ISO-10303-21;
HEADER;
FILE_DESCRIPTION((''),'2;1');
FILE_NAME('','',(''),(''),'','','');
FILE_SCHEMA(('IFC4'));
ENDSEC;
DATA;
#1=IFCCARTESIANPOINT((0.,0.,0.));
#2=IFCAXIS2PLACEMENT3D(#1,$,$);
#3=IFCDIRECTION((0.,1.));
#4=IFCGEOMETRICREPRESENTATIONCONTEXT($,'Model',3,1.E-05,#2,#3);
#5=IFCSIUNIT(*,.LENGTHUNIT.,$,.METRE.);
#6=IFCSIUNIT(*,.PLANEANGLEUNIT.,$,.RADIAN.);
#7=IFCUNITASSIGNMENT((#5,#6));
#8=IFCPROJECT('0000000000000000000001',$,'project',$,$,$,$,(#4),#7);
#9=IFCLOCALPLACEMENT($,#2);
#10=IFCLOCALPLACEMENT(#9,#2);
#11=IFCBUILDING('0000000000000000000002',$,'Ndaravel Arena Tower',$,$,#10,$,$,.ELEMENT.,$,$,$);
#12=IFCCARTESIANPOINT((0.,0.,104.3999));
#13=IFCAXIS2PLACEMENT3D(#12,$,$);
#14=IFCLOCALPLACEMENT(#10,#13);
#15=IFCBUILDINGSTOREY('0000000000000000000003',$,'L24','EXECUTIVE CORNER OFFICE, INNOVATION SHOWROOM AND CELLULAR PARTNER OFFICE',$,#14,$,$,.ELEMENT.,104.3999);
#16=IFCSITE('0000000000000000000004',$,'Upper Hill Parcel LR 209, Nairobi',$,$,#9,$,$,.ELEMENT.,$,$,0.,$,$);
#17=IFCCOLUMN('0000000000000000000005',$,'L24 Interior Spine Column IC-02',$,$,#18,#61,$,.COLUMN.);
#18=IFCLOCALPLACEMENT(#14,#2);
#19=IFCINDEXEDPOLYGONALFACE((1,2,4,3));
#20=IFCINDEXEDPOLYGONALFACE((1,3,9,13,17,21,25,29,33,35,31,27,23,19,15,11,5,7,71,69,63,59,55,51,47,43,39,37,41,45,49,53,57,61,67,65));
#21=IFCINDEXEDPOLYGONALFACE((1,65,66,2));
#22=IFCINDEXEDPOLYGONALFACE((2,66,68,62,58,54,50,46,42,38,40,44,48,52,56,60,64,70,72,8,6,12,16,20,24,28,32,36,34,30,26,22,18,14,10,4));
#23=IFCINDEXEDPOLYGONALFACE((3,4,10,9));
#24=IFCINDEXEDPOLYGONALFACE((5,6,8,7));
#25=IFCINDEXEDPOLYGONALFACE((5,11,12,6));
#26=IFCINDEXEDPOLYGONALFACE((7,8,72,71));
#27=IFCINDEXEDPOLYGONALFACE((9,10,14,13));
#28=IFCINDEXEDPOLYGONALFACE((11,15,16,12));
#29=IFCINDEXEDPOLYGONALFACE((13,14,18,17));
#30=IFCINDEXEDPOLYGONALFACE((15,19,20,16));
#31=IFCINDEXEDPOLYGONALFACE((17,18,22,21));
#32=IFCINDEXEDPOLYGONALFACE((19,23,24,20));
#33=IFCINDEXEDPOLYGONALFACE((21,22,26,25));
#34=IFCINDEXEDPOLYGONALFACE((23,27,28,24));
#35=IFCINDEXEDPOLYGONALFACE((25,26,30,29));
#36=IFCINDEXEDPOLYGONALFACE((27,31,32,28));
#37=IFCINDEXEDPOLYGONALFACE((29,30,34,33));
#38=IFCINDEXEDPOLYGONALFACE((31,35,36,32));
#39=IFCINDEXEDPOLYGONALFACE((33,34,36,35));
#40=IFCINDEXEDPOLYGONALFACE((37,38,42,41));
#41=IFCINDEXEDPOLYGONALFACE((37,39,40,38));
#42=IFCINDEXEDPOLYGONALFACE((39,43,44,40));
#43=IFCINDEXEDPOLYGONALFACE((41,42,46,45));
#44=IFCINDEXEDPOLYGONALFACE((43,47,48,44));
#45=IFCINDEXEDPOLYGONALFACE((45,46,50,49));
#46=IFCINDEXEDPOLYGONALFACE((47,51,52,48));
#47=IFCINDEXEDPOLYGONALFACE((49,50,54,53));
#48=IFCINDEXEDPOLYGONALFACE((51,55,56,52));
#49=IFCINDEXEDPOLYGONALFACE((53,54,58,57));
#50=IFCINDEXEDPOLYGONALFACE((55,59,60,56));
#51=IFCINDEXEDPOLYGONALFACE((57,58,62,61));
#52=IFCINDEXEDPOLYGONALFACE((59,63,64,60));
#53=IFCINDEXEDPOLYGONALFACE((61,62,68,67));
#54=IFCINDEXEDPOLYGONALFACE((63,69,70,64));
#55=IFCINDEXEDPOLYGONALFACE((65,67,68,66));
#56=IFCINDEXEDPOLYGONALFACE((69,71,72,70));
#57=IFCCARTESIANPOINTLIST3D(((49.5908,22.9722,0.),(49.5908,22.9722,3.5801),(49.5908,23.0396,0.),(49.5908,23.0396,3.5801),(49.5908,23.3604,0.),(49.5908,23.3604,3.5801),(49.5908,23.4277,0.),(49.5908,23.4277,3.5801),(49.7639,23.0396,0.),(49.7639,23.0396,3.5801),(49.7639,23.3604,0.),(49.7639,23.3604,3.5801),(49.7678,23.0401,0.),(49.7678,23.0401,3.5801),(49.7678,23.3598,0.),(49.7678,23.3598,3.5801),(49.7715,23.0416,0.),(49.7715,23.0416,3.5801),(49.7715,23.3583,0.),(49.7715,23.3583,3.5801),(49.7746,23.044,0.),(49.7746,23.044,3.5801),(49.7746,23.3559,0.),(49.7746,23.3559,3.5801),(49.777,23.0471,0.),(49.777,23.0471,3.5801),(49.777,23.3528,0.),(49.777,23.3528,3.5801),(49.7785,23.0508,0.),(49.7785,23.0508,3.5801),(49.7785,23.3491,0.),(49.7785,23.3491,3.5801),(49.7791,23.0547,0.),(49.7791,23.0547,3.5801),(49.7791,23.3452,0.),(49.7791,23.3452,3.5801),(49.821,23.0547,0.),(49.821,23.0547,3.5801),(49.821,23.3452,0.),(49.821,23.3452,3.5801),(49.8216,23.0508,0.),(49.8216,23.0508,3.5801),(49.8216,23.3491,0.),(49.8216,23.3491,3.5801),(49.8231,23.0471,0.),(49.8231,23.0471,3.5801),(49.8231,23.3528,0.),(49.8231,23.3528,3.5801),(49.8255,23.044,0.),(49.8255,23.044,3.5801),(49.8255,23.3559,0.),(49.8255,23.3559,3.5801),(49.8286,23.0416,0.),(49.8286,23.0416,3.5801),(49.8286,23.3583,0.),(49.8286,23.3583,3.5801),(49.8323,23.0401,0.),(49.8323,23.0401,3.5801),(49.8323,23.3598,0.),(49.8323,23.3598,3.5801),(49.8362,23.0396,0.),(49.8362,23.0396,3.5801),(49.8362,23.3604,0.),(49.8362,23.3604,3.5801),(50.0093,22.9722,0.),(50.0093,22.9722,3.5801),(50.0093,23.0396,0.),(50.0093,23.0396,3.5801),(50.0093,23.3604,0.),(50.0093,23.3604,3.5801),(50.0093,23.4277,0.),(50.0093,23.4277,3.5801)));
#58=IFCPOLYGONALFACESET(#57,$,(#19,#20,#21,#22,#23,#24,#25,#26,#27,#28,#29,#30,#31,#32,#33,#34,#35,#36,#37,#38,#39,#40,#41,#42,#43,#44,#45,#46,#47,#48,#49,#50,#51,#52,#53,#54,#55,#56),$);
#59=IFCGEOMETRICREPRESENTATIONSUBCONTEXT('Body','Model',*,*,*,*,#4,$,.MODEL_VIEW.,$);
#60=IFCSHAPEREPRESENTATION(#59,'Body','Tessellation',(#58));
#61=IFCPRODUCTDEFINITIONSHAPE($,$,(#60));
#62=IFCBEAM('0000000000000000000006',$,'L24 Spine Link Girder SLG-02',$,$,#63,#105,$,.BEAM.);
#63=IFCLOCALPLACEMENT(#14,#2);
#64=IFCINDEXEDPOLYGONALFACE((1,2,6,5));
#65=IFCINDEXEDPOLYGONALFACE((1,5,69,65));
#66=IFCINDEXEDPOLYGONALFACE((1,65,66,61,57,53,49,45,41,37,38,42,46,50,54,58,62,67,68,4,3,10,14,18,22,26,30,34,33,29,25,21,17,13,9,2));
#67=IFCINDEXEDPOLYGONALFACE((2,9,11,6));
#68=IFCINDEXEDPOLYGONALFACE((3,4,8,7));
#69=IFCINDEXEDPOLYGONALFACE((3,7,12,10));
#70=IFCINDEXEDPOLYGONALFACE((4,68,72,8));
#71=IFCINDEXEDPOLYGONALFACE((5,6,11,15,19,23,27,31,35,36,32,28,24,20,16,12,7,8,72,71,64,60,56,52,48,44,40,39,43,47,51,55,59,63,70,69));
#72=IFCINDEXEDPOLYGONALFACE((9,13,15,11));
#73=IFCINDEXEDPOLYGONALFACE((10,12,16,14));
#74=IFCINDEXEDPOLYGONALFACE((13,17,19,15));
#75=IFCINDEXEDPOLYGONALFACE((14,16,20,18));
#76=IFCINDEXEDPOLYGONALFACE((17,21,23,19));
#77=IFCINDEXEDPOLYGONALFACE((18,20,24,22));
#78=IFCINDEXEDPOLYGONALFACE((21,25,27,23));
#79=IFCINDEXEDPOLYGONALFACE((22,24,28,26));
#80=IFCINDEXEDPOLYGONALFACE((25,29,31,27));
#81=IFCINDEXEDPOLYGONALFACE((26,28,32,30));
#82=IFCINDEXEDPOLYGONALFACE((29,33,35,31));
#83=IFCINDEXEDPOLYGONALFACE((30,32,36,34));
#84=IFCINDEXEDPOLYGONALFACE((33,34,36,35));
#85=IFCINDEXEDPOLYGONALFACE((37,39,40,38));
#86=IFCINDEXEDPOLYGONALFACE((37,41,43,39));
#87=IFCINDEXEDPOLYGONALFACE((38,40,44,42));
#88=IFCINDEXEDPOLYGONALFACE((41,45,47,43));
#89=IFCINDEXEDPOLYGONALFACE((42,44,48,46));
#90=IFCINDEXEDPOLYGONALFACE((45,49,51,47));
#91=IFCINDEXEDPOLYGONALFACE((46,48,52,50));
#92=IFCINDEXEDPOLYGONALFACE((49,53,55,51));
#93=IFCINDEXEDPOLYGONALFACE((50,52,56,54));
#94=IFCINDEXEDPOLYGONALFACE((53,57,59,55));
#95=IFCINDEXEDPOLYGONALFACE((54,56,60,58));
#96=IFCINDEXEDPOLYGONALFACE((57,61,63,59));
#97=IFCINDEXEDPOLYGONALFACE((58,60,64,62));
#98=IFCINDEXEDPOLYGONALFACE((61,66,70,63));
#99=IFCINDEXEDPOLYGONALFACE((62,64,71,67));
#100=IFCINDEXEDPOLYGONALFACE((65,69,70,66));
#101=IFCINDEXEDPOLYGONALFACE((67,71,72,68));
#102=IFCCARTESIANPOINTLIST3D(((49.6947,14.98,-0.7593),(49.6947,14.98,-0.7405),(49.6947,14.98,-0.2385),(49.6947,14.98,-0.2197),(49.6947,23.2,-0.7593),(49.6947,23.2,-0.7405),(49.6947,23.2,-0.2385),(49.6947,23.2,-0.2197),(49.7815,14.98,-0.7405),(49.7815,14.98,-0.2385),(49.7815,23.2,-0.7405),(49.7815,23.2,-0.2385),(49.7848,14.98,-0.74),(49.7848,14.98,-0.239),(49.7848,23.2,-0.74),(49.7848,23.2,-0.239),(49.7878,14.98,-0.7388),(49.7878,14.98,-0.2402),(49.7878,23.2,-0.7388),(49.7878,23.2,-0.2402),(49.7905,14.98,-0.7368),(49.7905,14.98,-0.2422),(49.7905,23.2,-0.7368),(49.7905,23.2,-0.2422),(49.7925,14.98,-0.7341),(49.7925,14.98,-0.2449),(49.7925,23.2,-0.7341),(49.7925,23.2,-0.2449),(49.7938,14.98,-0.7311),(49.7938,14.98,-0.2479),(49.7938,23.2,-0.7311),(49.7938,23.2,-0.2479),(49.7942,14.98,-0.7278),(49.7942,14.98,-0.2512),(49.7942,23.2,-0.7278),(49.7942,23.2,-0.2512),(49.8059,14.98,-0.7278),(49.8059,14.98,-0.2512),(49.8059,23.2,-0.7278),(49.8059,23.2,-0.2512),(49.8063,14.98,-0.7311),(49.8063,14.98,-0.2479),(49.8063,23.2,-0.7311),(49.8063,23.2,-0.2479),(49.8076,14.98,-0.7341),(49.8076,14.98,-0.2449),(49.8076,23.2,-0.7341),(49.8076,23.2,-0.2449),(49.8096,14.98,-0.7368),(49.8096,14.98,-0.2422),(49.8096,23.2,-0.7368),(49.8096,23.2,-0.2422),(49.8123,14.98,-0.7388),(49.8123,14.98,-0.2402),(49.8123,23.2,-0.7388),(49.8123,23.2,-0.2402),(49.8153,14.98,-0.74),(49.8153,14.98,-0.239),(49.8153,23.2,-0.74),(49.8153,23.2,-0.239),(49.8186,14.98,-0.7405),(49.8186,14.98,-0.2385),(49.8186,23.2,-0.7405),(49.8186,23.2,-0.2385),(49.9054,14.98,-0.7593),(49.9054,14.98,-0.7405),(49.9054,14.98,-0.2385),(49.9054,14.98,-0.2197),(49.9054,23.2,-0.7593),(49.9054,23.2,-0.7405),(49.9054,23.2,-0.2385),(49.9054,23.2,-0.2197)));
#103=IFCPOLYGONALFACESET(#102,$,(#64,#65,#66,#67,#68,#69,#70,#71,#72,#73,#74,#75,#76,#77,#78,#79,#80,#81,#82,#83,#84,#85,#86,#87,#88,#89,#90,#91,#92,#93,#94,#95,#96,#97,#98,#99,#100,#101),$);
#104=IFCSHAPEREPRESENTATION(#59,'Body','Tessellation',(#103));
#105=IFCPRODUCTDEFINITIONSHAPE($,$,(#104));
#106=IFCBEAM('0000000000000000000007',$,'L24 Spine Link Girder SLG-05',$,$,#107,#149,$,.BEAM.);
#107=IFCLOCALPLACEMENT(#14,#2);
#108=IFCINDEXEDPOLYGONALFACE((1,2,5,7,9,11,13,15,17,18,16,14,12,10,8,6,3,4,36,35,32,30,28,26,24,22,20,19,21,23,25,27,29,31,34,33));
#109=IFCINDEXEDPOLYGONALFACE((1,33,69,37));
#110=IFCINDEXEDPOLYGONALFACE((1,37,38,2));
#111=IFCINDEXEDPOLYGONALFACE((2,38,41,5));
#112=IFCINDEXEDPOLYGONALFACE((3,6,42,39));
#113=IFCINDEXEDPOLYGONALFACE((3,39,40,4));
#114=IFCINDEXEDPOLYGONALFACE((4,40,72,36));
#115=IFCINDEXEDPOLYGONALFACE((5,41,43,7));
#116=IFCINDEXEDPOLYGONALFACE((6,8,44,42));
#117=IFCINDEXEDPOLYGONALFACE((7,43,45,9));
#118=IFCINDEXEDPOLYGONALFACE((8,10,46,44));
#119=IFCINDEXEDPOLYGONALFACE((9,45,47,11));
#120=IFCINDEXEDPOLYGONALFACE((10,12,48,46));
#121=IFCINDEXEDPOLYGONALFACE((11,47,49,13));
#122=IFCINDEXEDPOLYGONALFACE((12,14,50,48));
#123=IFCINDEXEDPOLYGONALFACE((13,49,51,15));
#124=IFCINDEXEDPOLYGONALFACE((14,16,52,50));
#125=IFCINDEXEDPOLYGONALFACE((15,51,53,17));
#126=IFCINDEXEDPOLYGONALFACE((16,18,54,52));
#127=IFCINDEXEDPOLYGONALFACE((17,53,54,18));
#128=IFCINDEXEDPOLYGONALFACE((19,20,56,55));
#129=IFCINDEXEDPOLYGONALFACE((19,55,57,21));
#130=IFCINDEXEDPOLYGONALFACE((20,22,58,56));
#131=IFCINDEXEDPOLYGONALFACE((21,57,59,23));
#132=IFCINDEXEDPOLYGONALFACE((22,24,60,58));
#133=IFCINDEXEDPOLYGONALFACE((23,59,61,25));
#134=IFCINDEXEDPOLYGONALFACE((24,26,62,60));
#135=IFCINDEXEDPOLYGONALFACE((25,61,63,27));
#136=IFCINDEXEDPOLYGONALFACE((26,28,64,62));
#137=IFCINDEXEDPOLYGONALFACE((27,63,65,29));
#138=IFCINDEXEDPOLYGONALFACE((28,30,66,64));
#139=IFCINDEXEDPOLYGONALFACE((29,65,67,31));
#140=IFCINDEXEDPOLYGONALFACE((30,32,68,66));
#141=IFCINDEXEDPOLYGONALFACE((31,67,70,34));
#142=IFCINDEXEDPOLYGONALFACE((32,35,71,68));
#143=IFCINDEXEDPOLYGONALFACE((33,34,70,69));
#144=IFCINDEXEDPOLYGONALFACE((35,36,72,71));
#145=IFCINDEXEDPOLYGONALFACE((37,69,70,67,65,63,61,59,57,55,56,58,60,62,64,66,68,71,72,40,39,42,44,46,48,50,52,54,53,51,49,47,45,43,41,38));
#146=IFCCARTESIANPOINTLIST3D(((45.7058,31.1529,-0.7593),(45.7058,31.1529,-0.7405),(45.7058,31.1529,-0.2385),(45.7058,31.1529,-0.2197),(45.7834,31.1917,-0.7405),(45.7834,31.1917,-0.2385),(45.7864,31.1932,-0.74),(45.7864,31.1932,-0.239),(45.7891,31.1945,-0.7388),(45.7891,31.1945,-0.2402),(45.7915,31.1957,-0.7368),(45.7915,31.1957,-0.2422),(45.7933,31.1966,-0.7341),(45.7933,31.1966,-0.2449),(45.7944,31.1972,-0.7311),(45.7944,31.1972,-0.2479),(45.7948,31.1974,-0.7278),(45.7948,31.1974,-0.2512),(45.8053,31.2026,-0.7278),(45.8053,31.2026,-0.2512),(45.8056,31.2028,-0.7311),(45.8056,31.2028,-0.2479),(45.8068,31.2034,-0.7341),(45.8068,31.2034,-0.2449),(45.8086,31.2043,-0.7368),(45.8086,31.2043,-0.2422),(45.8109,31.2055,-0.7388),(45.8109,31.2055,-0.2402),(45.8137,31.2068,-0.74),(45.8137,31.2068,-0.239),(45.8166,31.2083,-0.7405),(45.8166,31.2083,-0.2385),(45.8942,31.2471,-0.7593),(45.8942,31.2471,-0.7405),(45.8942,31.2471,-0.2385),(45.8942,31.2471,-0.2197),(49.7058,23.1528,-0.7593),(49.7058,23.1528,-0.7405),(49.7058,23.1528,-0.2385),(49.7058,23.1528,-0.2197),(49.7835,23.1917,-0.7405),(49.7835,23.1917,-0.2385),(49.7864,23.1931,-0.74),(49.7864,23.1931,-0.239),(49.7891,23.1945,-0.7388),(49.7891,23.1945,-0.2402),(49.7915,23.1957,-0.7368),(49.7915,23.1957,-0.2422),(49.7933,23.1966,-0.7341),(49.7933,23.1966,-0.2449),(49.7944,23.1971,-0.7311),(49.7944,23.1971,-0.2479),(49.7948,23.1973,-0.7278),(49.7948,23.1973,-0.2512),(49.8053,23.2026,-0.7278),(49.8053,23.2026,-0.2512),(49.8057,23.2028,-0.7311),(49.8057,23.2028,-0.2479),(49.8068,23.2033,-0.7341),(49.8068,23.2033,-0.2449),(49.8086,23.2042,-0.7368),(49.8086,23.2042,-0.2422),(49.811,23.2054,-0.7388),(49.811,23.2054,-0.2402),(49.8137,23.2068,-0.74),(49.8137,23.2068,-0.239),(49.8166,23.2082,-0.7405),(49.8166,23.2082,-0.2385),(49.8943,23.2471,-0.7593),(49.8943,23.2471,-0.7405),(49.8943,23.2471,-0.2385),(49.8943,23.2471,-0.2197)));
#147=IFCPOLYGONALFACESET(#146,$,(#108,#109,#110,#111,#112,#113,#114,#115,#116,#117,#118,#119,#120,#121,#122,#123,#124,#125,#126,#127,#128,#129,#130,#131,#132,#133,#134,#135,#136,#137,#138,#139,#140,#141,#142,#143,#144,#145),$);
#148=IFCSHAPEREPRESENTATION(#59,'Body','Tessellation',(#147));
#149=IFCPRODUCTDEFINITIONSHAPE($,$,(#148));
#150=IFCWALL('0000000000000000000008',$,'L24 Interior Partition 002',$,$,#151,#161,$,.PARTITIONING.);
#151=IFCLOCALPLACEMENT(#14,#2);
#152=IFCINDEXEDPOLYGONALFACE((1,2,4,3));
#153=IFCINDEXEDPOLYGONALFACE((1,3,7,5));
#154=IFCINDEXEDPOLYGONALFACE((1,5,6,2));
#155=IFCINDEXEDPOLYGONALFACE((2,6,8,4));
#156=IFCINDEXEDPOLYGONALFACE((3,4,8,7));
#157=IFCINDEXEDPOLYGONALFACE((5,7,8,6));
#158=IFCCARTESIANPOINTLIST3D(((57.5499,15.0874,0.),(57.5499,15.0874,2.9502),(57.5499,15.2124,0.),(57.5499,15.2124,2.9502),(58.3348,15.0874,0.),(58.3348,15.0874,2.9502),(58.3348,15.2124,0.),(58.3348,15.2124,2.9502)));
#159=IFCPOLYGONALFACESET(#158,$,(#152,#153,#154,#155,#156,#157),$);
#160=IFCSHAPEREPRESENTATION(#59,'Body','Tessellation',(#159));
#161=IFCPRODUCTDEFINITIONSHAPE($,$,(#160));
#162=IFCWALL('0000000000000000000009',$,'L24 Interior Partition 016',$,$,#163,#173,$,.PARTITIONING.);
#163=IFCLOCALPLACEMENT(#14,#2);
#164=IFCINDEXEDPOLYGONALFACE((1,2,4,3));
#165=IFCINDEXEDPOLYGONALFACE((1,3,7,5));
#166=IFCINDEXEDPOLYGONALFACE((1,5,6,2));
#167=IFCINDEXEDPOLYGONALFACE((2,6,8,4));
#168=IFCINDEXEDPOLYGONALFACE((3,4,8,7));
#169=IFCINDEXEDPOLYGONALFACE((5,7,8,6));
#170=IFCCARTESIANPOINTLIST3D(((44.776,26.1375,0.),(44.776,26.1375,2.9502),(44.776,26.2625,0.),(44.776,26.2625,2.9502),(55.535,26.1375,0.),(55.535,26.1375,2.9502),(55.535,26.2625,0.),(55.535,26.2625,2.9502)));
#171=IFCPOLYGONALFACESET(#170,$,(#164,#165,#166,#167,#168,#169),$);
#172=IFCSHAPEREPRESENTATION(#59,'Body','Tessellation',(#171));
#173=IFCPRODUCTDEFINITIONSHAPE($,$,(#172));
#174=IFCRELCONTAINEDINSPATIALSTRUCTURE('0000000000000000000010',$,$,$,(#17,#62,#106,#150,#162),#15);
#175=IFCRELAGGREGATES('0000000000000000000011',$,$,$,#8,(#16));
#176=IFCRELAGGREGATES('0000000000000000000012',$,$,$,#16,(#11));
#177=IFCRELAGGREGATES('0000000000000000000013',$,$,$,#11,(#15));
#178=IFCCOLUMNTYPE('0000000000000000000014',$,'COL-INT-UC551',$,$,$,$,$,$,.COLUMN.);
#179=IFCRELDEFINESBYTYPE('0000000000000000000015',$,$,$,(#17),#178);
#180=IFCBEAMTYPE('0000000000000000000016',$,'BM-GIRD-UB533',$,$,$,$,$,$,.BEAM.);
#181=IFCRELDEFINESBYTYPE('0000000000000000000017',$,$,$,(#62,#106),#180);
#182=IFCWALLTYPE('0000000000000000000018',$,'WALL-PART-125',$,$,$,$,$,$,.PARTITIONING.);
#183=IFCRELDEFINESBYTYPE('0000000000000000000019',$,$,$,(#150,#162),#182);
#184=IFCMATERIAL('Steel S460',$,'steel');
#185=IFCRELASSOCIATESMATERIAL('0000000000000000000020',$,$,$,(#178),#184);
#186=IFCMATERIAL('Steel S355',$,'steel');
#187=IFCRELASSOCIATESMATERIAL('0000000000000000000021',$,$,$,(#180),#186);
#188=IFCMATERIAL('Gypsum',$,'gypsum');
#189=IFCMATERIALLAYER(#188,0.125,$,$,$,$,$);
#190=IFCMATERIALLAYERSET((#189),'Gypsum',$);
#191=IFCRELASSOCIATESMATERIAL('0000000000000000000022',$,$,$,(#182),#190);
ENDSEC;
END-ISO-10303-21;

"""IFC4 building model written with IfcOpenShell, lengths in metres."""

from ifc_helpers import new_model, si_unit, direction, frame, frame_2d, origin, origin_2d, place, context, subcontext, project, spatial, rectangle, i_section, extrude, material, layer, layer_set, material_profile, profile_set, type_object, element, save


model = new_model("IFC4")

# Units and contexts
model_context = context("Model", 3, precision=1e-05, world=origin(), true_north=direction((0.0, 1.0)))
body_context = subcontext(model_context, "Body", "Model", "MODEL_VIEW")
ifc_project = project(units=[si_unit("LENGTHUNIT", "METRE"), si_unit("PLANEANGLEUNIT", "RADIAN")], contexts=[model_context])

# Site, building, storey
site_placement = place(None, origin())
site = spatial("IfcSite", under=ifc_project, at=site_placement, Name="Upper Hill Parcel LR 209, Nairobi", CompositionType="ELEMENT", RefElevation=0.0)
building_placement = place(site_placement, origin())
building = spatial("IfcBuilding", under=site, at=building_placement, Name="Ndaravel Arena Tower", CompositionType="ELEMENT")
storey_placement = place(building_placement, frame((0.0, 0.0, 104.3999)))
storey = spatial("IfcBuildingStorey", under=building, at=storey_placement, Name="L24", Description="EXECUTIVE CORNER OFFICE, INNOVATION SHOWROOM AND CELLULAR PARTNER OFFICE", CompositionType="ELEMENT", Elevation=104.3999)

# Column
ifc_material_1 = material(Name="Steel S460", Category="steel")
ifc_material_profile_1 = material_profile(ifc_material_1, i_section(OverallWidth=0.4185, OverallDepth=0.4556, WebThickness=0.042, FlangeThickness=0.0674, FilletRadius=0.0151, at=origin_2d()), Name="UC 356x406x551")
ifc_profile_set_1 = profile_set([ifc_material_profile_1], Name="Steel S460")
column_type = type_object("IfcColumnType", Name="COL-INT-UC551", PredefinedType="COLUMN", material=ifc_profile_set_1)
column_placement = place(storey_placement, frame((49.8, 23.2, 0.0), z_axis=(0.0, 0.0, 1.0), x_axis=(1.0, 0.0, 0.0)))
element("IfcColumn", 1, at=column_placement, inside=storey, type_object=column_type, Name="L24 Interior Spine Column IC-02", PredefinedType="COLUMN", context=body_context, shape_type="SweptSolid", body=[
    extrude(i_section(OverallWidth=0.4185, OverallDepth=0.4556, WebThickness=0.042, FlangeThickness=0.0674, FilletRadius=0.0151, at=origin_2d()), origin(), (0.0, 0.0, 1.0), 3.5801),
])

# Beams
ifc_material_2 = material(Name="Steel S355", Category="steel")
ifc_material_profile_2 = material_profile(ifc_material_2, i_section(OverallWidth=0.2107, OverallDepth=0.5396, WebThickness=0.0117, FlangeThickness=0.0188, FilletRadius=0.0127, at=origin_2d()), Name="UB 533x210x109")
ifc_profile_set_2 = profile_set([ifc_material_profile_2], Name="Steel S355")
beam_type = type_object("IfcBeamType", Name="BM-GIRD-UB533", PredefinedType="BEAM", material=ifc_profile_set_2)
beam_1_placement = place(storey_placement, frame((49.8, 14.98, -0.4895), z_axis=(0.0, 1.0, 0.0), x_axis=(-1.0, 0.0, 0.0)))
element("IfcBeam", 2, at=beam_1_placement, inside=storey, type_object=beam_type, Name="L24 Spine Link Girder SLG-02", PredefinedType="BEAM", context=body_context, shape_type="SweptSolid", body=[
    extrude(i_section(OverallWidth=0.2107, OverallDepth=0.5396, WebThickness=0.0117, FlangeThickness=0.0188, FilletRadius=0.0127, at=origin_2d()), origin(), (0.0, 0.0, 1.0), 8.22),
])
beam_2_placement = place(storey_placement, frame((49.8, 23.2, -0.4895), z_axis=(-0.447214, 0.894427, 0.0), x_axis=(-0.894427, -0.447214, 0.0)))
element("IfcBeam", 3, at=beam_2_placement, inside=storey, type_object=beam_type, Name="L24 Spine Link Girder SLG-05", PredefinedType="BEAM", context=body_context, shape_type="SweptSolid", body=[
    extrude(i_section(OverallWidth=0.2107, OverallDepth=0.5396, WebThickness=0.0117, FlangeThickness=0.0188, FilletRadius=0.0127, at=origin_2d()), origin(), (0.0, 0.0, 1.0), 8.9443),
])

# Walls
ifc_material_3 = material(Name="Gypsum", Category="gypsum")
ifc_layer_1 = layer(ifc_material_3, 0.125)
ifc_layer_set_1 = layer_set([ifc_layer_1], Name="Gypsum")
wall_type_1 = type_object("IfcWallType", Name="WALL-PART-125", PredefinedType="PARTITIONING", material=ifc_layer_set_1)
wall_1_placement = place(storey_placement, frame((58.335, 15.1499, 0.0), z_axis=(0.0, 0.0, 1.0), x_axis=(-1.0, 0.0, 0.0)))
element("IfcWall", 4, at=wall_1_placement, inside=storey, type_object=wall_type_1, Name="L24 Interior Partition 002", PredefinedType="PARTITIONING", context=body_context, shape_type="SweptSolid", body=[
    extrude(rectangle(XDim=0.7849, YDim=0.125, at=frame_2d((0.3926, 0.0))), origin(), (0.0, 0.0, 1.0), 2.9502),
])
wall_2_placement = place(storey_placement, frame((55.5349, 26.2, 0.0), z_axis=(0.0, 0.0, 1.0), x_axis=(-1.0, 0.0, 0.0)))
element("IfcWall", 5, at=wall_2_placement, inside=storey, type_object=wall_type_1, Name="L24 Interior Partition 016", PredefinedType="PARTITIONING", context=body_context, shape_type="SweptSolid", body=[
    extrude(rectangle(XDim=10.759, YDim=0.125, at=frame_2d((5.3794, 0.0))), origin(), (0.0, 0.0, 1.0), 2.9502),
])

save(model, "model.ifc")
